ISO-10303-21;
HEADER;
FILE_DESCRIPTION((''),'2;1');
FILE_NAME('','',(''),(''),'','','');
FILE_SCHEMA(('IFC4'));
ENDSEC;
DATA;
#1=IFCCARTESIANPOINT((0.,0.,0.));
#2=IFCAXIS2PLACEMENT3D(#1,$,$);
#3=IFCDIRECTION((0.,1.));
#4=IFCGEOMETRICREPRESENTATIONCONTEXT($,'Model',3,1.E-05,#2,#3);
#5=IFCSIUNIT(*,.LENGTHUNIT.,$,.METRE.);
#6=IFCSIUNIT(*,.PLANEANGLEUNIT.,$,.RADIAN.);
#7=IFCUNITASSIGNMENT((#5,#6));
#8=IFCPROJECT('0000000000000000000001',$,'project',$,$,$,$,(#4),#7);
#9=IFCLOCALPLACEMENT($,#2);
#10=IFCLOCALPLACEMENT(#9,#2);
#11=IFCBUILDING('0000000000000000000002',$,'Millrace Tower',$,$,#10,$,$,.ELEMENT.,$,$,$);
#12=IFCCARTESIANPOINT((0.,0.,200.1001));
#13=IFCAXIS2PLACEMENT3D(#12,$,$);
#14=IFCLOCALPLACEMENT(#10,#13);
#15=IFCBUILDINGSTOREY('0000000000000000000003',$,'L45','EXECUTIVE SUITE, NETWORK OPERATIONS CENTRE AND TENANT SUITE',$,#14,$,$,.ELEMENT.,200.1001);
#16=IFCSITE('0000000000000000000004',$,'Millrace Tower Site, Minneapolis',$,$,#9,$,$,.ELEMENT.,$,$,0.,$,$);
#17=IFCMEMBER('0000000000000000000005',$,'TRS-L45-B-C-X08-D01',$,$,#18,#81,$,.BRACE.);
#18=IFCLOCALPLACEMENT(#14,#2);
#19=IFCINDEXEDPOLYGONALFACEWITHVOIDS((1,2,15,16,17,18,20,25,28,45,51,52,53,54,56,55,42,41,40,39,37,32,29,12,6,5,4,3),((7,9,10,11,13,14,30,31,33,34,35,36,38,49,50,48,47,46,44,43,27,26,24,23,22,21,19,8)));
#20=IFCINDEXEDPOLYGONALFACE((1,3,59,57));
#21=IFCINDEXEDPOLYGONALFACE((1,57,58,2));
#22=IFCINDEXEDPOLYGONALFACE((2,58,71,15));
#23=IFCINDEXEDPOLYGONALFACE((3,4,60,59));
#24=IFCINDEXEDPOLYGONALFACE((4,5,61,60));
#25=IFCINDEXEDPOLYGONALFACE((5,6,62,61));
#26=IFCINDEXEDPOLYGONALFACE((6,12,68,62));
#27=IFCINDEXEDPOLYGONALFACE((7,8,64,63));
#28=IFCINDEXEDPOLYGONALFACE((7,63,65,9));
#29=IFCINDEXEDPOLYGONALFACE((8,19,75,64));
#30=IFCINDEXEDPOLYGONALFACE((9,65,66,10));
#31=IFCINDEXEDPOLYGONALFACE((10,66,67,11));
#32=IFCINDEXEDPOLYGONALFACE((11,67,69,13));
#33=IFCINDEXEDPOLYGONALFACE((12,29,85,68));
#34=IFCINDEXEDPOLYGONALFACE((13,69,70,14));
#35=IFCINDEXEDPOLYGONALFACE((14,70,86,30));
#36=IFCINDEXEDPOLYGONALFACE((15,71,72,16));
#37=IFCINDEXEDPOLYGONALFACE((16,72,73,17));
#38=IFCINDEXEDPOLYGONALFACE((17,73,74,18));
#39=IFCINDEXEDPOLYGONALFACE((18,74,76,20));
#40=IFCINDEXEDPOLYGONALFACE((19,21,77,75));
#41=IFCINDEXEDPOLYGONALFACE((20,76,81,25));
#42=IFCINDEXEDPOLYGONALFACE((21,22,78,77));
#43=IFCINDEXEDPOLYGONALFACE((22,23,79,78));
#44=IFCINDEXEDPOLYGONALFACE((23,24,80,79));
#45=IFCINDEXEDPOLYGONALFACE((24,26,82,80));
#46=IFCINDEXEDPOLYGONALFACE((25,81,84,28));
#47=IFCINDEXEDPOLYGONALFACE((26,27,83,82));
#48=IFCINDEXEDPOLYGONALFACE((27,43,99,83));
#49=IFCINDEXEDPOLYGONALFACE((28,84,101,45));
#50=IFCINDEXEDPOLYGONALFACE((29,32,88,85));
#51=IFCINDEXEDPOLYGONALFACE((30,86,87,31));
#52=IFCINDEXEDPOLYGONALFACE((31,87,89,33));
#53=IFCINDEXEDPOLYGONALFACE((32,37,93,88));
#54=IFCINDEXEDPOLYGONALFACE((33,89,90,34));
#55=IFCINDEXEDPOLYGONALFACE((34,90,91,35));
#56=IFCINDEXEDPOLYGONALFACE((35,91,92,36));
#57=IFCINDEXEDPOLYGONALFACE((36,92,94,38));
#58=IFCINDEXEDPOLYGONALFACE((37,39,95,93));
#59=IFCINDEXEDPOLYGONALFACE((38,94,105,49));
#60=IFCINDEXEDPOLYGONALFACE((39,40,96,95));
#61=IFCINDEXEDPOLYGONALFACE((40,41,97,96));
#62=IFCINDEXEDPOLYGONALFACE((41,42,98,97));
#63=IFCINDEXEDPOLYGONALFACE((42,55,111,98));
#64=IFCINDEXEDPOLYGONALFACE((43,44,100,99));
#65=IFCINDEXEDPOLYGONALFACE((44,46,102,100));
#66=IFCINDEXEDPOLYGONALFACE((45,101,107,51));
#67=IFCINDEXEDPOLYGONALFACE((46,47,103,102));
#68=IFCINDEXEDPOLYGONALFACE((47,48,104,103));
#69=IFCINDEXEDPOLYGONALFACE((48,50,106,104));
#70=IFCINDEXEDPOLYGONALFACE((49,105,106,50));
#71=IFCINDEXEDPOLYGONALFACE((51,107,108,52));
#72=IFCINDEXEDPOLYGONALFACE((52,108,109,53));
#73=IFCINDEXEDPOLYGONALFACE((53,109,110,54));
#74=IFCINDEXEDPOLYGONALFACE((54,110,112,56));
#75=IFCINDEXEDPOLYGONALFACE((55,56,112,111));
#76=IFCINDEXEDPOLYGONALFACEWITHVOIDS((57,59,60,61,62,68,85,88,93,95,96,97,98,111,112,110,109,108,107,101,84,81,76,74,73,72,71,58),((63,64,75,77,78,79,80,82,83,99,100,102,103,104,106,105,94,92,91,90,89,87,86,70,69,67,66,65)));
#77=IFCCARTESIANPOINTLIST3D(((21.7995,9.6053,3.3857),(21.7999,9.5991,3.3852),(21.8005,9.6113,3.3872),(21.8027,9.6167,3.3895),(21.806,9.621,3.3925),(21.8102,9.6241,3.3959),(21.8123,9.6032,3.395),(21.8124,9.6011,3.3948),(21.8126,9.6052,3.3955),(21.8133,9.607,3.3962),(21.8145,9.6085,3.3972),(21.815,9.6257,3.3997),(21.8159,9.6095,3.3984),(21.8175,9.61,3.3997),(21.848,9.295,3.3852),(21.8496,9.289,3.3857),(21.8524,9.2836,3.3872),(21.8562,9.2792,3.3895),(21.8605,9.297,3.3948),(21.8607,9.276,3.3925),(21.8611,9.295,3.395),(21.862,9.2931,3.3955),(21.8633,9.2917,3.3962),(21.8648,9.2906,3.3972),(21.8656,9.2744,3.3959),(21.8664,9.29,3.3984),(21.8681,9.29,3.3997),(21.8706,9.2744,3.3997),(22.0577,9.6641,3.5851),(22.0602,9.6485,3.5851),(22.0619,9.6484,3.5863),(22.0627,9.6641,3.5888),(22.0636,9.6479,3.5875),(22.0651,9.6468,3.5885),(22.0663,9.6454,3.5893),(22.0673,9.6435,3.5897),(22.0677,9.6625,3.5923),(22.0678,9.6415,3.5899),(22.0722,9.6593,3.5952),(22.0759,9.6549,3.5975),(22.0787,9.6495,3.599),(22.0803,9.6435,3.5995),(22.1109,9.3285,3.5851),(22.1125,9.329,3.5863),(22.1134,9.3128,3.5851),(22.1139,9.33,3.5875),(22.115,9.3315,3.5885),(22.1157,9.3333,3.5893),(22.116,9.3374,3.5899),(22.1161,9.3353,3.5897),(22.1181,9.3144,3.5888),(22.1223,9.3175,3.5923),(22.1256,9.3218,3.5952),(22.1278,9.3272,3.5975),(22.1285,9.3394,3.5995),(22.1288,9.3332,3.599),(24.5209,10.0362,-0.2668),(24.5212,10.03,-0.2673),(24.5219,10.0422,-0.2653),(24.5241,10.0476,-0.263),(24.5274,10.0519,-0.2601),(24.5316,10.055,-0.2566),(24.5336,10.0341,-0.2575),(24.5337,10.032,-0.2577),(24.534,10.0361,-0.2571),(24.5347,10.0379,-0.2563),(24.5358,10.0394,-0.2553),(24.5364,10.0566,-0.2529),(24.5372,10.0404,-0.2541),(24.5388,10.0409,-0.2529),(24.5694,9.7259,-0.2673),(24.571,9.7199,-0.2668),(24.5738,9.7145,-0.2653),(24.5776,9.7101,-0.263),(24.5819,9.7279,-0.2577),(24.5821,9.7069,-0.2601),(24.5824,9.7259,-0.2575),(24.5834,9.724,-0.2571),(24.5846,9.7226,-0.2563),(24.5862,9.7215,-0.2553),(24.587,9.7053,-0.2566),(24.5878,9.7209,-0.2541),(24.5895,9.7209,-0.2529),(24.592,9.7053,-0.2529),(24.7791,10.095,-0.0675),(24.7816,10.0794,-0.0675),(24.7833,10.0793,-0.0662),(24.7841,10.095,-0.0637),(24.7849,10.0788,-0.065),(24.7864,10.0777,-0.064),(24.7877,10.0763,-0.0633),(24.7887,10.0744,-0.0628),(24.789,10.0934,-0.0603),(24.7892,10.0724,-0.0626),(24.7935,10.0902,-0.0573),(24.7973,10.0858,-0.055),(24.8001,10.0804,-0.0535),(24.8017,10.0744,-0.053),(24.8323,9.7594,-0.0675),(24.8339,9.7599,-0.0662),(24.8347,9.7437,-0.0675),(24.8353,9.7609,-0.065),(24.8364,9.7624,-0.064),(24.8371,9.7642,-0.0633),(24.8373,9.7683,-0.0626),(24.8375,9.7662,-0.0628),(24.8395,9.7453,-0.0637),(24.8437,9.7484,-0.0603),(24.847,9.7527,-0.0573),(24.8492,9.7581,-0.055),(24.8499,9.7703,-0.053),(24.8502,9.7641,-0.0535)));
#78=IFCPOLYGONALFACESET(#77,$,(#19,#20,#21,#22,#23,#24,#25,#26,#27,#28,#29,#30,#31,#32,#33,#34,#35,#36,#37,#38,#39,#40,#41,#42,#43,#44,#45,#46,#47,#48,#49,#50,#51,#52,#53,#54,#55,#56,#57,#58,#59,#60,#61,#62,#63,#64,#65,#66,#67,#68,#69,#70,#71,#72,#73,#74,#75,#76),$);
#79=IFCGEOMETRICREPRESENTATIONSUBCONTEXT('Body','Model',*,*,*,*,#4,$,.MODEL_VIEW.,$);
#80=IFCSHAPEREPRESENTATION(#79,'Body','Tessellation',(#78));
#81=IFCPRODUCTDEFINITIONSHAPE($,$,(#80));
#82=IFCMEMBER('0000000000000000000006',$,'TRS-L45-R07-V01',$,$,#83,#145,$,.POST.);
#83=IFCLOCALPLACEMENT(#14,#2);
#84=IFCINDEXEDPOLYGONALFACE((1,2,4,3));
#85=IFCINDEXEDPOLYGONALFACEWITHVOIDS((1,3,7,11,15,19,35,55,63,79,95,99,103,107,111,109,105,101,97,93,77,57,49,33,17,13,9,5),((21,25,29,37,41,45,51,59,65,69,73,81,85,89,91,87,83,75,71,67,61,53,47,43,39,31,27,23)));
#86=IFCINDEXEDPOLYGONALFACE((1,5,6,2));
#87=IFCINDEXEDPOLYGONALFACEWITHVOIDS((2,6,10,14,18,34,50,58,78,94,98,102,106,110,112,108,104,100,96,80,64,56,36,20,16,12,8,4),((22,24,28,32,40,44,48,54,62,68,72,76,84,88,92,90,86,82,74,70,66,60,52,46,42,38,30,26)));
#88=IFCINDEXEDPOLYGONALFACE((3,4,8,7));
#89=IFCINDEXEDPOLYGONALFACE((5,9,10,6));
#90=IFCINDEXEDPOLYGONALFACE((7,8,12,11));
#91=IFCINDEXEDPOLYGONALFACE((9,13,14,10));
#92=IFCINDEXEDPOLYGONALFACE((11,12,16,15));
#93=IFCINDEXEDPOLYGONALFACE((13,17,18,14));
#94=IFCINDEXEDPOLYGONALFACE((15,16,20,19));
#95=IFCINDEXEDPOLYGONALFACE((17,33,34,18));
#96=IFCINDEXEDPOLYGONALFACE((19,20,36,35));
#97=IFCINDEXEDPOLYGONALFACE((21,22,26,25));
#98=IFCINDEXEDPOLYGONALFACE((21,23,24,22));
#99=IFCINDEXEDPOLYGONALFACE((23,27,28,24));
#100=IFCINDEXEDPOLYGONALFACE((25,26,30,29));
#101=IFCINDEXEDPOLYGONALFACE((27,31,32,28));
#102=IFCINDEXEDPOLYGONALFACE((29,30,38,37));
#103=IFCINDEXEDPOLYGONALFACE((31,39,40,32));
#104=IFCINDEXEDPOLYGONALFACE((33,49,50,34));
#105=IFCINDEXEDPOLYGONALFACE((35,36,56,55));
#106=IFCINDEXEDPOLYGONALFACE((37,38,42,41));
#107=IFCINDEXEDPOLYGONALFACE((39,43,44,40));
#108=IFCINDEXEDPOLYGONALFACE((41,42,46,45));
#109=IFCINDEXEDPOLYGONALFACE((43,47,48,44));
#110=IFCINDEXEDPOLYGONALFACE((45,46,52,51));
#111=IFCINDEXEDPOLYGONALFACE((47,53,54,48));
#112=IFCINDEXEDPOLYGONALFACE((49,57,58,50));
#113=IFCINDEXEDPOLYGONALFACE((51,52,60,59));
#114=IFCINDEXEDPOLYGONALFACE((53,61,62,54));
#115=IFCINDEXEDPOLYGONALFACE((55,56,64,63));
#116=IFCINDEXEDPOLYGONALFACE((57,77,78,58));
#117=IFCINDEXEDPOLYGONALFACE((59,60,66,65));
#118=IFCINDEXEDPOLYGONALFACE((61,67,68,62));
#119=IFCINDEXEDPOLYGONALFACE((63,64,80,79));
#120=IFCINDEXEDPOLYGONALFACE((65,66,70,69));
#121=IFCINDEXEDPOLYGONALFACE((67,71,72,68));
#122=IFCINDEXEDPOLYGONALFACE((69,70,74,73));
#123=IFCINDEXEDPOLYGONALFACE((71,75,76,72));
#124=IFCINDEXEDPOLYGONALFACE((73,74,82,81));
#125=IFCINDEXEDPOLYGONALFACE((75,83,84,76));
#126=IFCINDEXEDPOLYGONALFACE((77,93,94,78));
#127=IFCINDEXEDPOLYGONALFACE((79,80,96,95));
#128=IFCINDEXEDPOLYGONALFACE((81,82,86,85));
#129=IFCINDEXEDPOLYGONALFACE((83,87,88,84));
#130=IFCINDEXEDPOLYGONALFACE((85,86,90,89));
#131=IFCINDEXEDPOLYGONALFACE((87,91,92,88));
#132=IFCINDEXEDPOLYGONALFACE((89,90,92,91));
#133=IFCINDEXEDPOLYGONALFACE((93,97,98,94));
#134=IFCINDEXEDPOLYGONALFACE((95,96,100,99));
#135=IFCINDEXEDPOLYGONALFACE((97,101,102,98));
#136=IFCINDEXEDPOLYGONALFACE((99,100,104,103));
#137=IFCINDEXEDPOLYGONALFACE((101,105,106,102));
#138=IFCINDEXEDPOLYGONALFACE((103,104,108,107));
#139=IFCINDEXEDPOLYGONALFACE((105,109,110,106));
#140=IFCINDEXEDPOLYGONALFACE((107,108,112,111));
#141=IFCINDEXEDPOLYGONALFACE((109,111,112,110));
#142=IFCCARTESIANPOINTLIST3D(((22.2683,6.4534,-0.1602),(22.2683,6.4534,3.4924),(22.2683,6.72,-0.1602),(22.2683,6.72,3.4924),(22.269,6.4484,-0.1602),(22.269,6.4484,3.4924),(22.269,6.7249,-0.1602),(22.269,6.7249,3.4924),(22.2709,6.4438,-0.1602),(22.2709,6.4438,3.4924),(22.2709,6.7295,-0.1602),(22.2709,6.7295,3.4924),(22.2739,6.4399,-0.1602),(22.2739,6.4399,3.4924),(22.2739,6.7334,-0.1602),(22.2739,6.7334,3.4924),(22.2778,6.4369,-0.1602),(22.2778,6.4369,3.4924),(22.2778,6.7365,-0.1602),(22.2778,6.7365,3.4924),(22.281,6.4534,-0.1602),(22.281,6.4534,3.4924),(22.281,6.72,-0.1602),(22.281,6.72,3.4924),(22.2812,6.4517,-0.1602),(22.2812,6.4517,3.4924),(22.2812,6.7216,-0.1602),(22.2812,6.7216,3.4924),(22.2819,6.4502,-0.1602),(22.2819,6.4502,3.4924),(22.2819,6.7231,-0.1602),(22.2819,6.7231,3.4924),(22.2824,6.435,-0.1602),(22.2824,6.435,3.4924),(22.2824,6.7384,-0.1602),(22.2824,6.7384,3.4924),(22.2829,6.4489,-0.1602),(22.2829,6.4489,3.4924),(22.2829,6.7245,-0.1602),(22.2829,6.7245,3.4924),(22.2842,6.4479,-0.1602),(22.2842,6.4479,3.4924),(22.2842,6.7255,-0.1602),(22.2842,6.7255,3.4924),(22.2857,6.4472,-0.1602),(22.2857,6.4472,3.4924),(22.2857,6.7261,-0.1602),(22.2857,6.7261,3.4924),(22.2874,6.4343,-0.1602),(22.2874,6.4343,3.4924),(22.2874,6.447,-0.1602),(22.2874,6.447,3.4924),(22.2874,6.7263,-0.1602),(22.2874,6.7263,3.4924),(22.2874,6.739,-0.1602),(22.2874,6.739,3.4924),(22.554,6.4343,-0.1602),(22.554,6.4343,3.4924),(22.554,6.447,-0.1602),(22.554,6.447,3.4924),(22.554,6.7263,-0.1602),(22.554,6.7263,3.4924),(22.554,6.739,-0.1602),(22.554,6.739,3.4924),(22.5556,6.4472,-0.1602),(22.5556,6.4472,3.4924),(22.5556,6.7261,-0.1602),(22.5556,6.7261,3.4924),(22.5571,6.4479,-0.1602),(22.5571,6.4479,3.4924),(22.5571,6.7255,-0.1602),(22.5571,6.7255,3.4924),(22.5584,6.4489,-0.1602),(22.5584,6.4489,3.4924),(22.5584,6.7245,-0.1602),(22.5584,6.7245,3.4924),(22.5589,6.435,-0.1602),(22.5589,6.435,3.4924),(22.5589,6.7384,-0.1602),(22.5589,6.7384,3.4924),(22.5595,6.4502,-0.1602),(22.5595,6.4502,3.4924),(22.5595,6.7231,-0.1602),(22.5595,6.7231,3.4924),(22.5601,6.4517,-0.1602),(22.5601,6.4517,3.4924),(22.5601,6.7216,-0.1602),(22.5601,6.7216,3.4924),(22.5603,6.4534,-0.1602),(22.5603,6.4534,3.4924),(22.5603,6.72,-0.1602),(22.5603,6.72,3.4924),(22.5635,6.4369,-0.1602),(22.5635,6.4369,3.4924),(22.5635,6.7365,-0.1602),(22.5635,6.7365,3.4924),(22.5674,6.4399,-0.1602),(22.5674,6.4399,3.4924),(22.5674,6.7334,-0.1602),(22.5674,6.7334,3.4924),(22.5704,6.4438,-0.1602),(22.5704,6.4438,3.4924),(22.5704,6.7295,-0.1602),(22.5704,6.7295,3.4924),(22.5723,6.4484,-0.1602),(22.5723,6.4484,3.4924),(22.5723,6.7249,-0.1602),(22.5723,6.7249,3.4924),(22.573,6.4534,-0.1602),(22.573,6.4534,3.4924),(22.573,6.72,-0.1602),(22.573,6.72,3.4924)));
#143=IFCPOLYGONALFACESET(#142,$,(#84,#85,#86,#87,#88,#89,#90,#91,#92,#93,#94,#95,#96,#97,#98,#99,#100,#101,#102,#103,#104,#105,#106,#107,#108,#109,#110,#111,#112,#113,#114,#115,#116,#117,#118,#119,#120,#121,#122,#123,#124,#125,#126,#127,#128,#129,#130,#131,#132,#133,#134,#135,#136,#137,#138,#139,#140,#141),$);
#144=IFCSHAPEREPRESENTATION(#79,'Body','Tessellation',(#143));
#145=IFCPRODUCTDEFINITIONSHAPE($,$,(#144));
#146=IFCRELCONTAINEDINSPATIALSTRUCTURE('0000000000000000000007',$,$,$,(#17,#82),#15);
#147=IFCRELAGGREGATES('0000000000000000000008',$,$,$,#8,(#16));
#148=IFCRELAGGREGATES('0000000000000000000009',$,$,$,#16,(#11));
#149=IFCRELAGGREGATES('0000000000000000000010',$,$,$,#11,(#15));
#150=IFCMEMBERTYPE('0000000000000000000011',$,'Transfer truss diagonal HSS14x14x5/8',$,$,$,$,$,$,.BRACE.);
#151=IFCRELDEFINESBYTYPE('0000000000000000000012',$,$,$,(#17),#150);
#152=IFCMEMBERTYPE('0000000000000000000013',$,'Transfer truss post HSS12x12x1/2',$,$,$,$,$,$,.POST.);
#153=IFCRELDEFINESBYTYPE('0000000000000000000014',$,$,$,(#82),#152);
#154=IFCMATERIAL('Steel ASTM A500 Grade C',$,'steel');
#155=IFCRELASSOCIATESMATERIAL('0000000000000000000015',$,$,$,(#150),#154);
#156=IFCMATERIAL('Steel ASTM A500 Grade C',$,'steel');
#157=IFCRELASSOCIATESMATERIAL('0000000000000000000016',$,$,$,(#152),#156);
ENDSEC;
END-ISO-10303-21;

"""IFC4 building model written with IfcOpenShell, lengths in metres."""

from ifc_helpers import new_model, si_unit, direction, frame, origin, origin_2d, place, context, subcontext, project, spatial, hollow_rectangle, extrude, material, material_profile, profile_set, type_object, element, save


model = new_model("IFC4")

# Units and contexts
model_context = context("Model", 3, precision=1e-05, world=origin(), true_north=direction((0.0, 1.0)))
body_context = subcontext(model_context, "Body", "Model", "MODEL_VIEW")
ifc_project = project(units=[si_unit("LENGTHUNIT", "METRE"), si_unit("PLANEANGLEUNIT", "RADIAN")], contexts=[model_context])

# Site, building, storey
site_placement = place(None, origin())
site = spatial("IfcSite", under=ifc_project, at=site_placement, Name="Millrace Tower Site, Minneapolis", CompositionType="ELEMENT", RefElevation=0.0)
building_placement = place(site_placement, origin())
building = spatial("IfcBuilding", under=site, at=building_placement, Name="Millrace Tower", CompositionType="ELEMENT")
storey_placement = place(building_placement, frame((0.0, 0.0, 200.1001)))
storey = spatial("IfcBuildingStorey", under=building, at=storey_placement, Name="L45", Description="EXECUTIVE SUITE, NETWORK OPERATIONS CENTRE AND TENANT SUITE", CompositionType="ELEMENT", Elevation=200.1001)

# Members
ifc_material_1 = material(Name="Steel ASTM A500 Grade C", Category="steel")
ifc_material_profile_1 = material_profile(ifc_material_1, hollow_rectangle(XDim=0.3557, YDim=0.3557, WallThickness=0.0159, InnerFilletRadius=0.0081, OuterFilletRadius=0.0239, at=origin_2d()))
ifc_profile_set_1 = profile_set([ifc_material_profile_1], Name="Steel ASTM A500 Grade C")
member_type_1 = type_object("IfcMemberType", Name="Transfer truss diagonal HSS14x14x5/8", PredefinedType="BRACE", material=ifc_profile_set_1)
member_1_placement = place(storey_placement, frame((24.6855, 9.9001, -0.1602), z_axis=(-0.594811, -0.094182, 0.798329), x_axis=(0.15639, -0.987695, 0.0)))
element("IfcMember", 1, at=member_1_placement, inside=storey, type_object=member_type_1, Name="TRS-L45-B-C-X08-D01", PredefinedType="BRACE", context=body_context, shape_type="SweptSolid", body=[
    extrude(hollow_rectangle(XDim=0.3557, YDim=0.3557, WallThickness=0.0159, InnerFilletRadius=0.0081, OuterFilletRadius=0.0239, at=origin_2d()), origin(), (0.0, 0.0, 1.0), 4.5752),
])
ifc_material_2 = material(Name="Steel ASTM A500 Grade C", Category="steel")
ifc_material_profile_2 = material_profile(ifc_material_2, hollow_rectangle(XDim=0.3047, YDim=0.3047, WallThickness=0.0127, InnerFilletRadius=0.0063, OuterFilletRadius=0.019, at=origin_2d()))
ifc_profile_set_2 = profile_set([ifc_material_profile_2], Name="Steel ASTM A500 Grade C")
member_type_2 = type_object("IfcMemberType", Name="Transfer truss post HSS12x12x1/2", PredefinedType="POST", material=ifc_profile_set_2)
for number, where, z_axis, x_axis, name in (
    (2, (22.4207, 6.5867, -0.1602), (0.0, 0.0, 1.0), (1.0, 0.0, 0.0), "TRS-L45-R07-V01"),
):
    element("IfcMember", number, at=place(storey_placement, frame(where, z_axis=z_axis, x_axis=x_axis)), inside=storey, type_object=member_type_2, Name=name, PredefinedType="POST", context=body_context, shape_type="SweptSolid", body=[
        extrude(hollow_rectangle(XDim=0.3047, YDim=0.3047, WallThickness=0.0127, InnerFilletRadius=0.0063, OuterFilletRadius=0.019, at=origin_2d()), origin(), (0.0, 0.0, 1.0), 3.6526),
    ])

save(model, "model.ifc")
